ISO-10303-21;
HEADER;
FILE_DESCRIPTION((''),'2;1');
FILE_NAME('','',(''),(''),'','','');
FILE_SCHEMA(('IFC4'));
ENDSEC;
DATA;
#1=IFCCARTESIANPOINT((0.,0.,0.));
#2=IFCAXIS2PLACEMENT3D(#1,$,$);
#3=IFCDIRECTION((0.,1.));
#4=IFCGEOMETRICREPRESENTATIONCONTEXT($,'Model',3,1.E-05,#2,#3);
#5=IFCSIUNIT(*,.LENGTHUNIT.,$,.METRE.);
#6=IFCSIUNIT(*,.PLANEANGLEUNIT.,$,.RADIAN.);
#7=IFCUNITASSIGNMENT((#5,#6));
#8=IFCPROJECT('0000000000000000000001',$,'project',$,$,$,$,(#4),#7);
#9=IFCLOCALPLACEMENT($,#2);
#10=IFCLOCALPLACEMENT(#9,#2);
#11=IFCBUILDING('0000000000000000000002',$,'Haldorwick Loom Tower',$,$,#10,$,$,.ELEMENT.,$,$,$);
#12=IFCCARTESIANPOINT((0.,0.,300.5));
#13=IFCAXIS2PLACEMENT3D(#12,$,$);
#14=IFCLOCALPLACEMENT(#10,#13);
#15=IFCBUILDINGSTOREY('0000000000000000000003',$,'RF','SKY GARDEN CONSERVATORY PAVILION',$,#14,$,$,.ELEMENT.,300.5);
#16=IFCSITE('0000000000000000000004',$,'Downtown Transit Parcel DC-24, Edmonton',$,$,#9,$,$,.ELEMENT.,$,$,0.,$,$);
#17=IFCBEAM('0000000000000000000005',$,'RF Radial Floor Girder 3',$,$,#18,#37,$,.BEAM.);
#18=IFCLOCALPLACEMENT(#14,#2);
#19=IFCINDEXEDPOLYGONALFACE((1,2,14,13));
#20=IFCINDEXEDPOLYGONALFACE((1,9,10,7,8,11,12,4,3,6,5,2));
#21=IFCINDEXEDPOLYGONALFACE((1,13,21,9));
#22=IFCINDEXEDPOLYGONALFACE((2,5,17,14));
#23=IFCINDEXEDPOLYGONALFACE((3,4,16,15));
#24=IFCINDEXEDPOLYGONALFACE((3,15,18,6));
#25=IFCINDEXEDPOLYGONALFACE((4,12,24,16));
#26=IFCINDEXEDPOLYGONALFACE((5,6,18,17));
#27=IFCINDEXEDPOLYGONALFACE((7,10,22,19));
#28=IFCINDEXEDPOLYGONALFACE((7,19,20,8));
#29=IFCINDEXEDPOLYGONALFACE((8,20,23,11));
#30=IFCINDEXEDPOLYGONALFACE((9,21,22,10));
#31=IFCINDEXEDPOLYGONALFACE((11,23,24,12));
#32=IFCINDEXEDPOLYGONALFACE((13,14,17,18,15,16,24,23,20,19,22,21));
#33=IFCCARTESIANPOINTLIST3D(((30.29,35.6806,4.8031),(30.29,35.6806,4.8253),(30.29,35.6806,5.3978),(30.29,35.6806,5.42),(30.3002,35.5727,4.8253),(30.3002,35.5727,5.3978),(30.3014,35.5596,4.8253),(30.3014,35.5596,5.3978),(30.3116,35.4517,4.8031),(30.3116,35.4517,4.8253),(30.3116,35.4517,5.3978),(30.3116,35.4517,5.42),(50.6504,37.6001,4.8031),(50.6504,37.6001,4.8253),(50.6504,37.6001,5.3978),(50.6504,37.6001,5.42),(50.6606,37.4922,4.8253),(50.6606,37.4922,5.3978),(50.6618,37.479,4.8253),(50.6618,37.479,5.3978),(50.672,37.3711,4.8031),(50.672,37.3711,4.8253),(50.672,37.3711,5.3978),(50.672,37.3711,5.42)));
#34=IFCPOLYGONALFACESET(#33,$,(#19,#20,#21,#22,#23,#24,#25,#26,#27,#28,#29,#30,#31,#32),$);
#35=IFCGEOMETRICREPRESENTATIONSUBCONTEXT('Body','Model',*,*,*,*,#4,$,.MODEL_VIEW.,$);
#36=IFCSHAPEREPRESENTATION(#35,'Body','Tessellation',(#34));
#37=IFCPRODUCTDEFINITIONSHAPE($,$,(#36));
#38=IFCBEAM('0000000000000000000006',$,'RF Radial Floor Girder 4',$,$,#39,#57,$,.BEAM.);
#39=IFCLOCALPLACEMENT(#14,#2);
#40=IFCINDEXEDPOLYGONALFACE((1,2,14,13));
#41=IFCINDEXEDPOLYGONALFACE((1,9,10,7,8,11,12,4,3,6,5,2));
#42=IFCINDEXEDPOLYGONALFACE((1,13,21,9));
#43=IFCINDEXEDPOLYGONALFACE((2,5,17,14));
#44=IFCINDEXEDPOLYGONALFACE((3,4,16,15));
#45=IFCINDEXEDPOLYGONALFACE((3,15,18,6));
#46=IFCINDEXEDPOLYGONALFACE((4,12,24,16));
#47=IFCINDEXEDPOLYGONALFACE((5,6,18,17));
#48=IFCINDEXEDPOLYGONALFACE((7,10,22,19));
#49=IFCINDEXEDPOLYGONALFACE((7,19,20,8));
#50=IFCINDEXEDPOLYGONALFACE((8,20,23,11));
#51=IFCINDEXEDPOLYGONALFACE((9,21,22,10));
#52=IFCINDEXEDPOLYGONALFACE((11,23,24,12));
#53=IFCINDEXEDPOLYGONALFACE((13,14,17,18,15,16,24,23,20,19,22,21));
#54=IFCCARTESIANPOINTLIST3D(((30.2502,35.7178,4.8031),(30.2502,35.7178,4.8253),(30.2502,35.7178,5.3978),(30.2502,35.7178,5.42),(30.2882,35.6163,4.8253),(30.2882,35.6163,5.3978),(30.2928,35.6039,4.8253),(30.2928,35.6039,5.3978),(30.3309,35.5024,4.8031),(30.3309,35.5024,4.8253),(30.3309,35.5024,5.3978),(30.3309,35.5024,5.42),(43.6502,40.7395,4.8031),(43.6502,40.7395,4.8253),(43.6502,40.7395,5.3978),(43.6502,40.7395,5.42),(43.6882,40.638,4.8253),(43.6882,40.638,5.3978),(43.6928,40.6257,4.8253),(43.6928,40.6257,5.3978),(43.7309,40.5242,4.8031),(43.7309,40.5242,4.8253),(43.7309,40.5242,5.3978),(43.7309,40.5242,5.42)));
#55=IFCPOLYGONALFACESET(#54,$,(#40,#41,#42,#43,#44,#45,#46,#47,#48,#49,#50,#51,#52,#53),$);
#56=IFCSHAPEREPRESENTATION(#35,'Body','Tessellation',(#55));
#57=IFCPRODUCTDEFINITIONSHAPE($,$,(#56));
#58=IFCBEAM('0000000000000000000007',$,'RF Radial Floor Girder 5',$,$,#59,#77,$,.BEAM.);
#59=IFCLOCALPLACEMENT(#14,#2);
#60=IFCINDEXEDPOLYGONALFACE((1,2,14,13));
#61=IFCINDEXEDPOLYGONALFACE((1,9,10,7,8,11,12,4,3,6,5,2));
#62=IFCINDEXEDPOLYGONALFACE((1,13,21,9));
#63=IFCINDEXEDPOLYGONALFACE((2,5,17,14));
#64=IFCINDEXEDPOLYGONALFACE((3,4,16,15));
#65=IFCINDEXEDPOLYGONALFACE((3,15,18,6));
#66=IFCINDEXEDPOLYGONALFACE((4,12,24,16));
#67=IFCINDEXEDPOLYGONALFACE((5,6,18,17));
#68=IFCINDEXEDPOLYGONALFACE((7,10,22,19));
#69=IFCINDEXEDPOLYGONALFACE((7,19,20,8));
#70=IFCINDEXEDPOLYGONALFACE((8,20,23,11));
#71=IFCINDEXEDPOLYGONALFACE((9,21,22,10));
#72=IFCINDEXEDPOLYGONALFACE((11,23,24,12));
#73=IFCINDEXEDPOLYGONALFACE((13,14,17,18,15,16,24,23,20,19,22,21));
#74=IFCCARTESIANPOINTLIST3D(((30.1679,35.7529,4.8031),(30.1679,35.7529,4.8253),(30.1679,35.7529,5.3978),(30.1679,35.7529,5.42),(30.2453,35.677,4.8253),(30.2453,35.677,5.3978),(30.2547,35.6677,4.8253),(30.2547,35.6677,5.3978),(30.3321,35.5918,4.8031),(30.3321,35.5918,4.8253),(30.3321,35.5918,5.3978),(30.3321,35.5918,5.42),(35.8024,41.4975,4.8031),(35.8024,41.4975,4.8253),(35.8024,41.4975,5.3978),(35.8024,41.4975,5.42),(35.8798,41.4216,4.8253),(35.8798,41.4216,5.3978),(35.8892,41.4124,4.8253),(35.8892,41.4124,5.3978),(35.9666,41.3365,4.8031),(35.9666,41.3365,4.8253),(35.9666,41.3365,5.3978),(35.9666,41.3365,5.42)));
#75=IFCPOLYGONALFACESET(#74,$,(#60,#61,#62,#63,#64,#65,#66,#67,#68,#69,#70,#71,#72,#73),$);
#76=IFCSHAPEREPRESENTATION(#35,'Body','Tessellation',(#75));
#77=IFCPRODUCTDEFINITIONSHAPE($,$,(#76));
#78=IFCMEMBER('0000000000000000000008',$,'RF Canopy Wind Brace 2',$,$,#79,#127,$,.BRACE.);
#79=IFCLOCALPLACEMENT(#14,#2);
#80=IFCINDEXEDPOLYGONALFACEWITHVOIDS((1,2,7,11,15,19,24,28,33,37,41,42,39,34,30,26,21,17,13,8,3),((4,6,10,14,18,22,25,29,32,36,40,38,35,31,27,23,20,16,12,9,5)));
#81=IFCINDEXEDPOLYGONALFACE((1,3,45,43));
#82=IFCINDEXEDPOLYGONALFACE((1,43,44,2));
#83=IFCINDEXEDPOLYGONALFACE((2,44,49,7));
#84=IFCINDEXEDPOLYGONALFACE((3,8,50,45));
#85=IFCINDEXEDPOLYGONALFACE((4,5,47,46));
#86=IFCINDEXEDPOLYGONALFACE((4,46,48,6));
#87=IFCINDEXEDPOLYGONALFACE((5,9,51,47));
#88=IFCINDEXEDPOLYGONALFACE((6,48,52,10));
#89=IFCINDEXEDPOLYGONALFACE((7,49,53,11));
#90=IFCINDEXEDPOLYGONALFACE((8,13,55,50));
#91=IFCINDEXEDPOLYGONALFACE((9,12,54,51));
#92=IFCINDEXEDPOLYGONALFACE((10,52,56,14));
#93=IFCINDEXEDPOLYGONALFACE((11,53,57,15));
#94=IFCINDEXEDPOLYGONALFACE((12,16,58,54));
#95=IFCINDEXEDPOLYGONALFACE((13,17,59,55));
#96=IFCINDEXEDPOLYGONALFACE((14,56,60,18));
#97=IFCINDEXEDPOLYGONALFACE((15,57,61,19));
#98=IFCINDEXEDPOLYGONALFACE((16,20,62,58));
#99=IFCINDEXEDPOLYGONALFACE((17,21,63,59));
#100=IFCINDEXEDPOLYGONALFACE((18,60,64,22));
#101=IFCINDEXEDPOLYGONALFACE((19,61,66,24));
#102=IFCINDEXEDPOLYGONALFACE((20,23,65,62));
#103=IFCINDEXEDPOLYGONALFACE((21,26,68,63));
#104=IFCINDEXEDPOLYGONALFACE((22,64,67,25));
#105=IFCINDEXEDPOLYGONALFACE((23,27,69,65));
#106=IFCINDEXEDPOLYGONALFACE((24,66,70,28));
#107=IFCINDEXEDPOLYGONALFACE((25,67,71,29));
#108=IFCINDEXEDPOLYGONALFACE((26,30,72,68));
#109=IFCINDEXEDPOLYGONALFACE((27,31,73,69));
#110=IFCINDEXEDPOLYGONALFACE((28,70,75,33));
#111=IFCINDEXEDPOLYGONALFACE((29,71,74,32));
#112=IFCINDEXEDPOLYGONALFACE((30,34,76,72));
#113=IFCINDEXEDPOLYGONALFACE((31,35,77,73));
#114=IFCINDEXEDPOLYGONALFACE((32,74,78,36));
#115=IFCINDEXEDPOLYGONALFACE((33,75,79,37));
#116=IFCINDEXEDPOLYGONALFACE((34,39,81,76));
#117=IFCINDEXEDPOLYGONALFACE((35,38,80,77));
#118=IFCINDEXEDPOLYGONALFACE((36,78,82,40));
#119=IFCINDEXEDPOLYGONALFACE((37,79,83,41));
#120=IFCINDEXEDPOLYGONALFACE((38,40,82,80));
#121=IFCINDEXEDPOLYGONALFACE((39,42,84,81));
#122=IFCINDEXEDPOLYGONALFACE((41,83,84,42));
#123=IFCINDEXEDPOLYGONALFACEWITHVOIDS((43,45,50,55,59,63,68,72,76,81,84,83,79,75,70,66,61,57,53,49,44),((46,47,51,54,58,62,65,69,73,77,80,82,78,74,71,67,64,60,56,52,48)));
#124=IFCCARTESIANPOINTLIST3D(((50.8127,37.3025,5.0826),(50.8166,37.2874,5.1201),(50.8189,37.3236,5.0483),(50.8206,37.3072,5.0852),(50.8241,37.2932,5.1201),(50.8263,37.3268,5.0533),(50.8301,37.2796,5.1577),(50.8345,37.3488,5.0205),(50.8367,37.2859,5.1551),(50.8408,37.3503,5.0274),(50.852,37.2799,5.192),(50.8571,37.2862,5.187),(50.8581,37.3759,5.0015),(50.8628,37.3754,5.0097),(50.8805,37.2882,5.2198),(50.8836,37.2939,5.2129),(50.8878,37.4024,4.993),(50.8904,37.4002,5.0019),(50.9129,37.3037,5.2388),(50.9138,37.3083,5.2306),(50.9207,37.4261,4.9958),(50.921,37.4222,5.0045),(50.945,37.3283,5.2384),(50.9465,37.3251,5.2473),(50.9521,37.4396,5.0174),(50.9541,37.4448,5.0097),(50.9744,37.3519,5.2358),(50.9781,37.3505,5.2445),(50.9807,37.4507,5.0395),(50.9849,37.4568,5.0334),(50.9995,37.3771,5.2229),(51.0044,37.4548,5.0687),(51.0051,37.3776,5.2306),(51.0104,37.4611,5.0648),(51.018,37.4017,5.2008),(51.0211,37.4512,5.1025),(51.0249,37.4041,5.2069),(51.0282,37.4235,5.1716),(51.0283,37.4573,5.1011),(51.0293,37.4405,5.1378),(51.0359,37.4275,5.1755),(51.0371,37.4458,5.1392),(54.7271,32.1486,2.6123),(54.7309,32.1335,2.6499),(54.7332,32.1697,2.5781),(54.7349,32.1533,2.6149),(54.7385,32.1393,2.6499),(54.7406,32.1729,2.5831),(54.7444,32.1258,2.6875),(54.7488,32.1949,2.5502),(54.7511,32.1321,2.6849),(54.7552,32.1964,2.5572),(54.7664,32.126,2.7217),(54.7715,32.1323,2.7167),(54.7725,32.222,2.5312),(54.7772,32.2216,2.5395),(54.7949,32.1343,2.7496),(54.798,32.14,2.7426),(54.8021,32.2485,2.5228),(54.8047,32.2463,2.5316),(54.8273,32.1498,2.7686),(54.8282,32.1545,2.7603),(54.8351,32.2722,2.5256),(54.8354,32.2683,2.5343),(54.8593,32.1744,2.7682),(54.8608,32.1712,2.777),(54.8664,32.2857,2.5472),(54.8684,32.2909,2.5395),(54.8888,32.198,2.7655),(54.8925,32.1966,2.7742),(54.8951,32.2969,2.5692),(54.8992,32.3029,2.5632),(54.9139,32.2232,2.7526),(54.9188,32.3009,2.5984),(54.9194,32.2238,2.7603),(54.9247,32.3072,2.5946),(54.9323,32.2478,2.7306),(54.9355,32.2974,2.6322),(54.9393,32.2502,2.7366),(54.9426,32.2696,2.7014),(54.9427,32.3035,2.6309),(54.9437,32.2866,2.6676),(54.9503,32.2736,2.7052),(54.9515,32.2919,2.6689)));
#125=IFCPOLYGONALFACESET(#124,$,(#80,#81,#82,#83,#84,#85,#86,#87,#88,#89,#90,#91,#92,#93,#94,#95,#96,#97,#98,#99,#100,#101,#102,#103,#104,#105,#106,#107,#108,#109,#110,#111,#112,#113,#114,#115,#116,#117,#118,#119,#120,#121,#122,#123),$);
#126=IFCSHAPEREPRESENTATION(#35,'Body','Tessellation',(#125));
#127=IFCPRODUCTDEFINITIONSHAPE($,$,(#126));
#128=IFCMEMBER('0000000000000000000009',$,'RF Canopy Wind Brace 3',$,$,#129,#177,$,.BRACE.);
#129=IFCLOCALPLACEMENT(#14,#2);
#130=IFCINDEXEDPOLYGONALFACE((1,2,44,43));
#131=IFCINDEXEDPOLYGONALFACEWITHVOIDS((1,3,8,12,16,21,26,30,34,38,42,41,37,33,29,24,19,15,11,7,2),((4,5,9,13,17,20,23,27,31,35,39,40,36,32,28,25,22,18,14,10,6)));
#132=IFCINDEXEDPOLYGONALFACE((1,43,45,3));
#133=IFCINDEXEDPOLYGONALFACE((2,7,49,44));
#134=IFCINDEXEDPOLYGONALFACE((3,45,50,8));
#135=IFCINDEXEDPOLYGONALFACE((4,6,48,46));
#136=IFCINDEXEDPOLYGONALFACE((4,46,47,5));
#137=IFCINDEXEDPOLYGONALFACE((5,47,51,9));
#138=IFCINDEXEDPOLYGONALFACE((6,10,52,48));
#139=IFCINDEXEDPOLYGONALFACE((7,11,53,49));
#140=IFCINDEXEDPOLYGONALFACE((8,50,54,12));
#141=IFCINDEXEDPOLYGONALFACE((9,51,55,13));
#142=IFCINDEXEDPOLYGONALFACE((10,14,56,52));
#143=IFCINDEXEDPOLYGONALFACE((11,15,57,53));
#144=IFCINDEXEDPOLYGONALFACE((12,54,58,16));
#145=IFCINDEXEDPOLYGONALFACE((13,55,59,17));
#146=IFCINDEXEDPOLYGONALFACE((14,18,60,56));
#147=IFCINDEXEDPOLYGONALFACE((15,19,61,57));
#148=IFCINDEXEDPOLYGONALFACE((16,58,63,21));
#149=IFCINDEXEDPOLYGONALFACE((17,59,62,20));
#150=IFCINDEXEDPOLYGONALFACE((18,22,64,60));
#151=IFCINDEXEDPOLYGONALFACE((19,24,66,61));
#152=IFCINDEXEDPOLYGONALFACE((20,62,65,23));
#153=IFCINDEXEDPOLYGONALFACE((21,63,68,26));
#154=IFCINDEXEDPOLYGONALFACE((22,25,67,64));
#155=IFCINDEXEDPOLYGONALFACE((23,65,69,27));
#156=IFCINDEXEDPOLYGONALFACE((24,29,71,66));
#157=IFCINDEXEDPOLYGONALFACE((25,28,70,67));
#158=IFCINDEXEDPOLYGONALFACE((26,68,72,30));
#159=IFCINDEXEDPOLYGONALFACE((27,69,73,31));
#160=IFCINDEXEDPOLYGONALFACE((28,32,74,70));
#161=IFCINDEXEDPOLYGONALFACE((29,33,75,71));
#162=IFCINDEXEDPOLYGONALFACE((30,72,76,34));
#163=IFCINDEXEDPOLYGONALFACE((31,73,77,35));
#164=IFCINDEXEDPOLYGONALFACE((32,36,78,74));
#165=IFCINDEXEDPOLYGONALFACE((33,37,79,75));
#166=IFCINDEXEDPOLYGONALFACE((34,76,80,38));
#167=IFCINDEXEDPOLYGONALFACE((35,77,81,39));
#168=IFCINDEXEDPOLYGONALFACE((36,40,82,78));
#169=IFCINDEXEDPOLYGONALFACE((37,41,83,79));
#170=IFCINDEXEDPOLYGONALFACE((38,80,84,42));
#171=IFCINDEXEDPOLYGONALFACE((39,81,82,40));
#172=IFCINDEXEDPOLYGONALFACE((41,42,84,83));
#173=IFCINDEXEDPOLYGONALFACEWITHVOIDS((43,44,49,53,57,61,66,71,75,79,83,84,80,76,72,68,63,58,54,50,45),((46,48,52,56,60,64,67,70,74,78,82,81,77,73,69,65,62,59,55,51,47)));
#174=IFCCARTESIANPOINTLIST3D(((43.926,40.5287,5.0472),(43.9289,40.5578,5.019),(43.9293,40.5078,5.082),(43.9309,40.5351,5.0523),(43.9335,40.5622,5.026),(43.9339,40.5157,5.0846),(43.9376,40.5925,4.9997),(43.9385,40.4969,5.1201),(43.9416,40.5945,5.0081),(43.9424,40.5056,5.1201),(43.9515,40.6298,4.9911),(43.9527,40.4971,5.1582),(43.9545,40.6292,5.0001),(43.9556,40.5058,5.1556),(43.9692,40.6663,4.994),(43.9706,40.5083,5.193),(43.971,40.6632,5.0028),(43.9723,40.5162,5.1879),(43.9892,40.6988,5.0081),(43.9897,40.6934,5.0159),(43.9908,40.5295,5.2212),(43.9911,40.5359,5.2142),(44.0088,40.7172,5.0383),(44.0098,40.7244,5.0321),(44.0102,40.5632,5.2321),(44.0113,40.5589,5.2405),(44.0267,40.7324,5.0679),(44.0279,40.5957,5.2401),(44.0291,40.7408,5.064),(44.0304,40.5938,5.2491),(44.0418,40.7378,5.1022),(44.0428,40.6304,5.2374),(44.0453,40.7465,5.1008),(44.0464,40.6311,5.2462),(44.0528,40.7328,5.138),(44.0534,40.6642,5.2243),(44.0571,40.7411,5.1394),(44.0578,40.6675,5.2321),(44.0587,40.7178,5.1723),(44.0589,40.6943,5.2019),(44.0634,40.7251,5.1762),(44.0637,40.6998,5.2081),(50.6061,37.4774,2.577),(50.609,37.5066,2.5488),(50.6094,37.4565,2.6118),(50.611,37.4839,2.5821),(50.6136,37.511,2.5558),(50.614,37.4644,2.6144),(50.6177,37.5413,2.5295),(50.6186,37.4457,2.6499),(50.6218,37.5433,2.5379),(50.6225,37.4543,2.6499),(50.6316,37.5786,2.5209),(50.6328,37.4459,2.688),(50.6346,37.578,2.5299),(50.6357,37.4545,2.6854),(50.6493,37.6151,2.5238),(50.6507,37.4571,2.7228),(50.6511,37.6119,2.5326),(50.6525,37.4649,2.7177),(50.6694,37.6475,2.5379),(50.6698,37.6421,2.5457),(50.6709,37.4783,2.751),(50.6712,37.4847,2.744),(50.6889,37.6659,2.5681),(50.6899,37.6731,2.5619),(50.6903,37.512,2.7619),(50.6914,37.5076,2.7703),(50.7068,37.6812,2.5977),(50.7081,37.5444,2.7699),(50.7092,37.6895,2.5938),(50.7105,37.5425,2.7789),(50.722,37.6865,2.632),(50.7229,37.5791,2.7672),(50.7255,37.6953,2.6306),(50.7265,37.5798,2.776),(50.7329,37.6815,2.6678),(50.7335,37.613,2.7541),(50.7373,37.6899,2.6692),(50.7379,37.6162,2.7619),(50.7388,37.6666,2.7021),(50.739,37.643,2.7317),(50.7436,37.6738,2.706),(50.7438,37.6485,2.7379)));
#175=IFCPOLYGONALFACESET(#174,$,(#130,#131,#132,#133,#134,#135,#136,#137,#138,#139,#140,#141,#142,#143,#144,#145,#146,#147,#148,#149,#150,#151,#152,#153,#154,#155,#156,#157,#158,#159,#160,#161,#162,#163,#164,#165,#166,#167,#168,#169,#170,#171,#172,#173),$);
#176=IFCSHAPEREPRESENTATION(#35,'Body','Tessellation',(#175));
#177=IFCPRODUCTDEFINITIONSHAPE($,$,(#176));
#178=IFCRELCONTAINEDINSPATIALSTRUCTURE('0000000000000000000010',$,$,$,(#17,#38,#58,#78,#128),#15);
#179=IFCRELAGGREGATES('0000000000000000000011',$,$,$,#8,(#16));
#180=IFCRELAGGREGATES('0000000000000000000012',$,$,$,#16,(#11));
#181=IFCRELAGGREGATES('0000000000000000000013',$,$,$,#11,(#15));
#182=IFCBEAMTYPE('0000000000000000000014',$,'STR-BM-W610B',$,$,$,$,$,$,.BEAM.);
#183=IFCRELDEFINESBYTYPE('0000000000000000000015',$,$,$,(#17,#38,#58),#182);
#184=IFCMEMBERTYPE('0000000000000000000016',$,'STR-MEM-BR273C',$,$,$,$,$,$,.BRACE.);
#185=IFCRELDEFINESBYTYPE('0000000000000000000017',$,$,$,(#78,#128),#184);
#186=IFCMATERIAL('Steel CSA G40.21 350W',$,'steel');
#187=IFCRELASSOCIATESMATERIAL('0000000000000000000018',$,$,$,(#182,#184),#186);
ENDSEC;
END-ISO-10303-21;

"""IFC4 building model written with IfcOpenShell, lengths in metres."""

from ifc_helpers import new_model, si_unit, direction, frame, origin, origin_2d, place, context, subcontext, project, spatial, hollow_circle, i_section, extrude, material, material_profile, profile_set, type_object, element, save


model = new_model("IFC4")

# Units and contexts
model_context = context("Model", 3, precision=1e-05, world=origin(), true_north=direction((0.0, 1.0)))
body_context = subcontext(model_context, "Body", "Model", "MODEL_VIEW")
ifc_project = project(units=[si_unit("LENGTHUNIT", "METRE"), si_unit("PLANEANGLEUNIT", "RADIAN")], contexts=[model_context])

# Site, building, storey
site_placement = place(None, origin())
site = spatial("IfcSite", under=ifc_project, at=site_placement, Name="Downtown Transit Parcel DC-24, Edmonton", CompositionType="ELEMENT", RefElevation=0.0)
building_placement = place(site_placement, origin())
building = spatial("IfcBuilding", under=site, at=building_placement, Name="Haldorwick Loom Tower", CompositionType="ELEMENT")
storey_placement = place(building_placement, frame((0.0, 0.0, 300.5)))
storey = spatial("IfcBuildingStorey", under=building, at=storey_placement, Name="RF", Description="SKY GARDEN CONSERVATORY PAVILION", CompositionType="ELEMENT", Elevation=300.5)

# Shared definitions
ifc_material_1 = material(Name="Steel CSA G40.21 350W", Category="steel")

# Beams
ifc_material_profile_1 = material_profile(ifc_material_1, i_section(OverallWidth=0.23, OverallDepth=0.6169, WebThickness=0.0132, FlangeThickness=0.0222, at=origin_2d()), Name="W610X140", Category="steel")
ifc_profile_set_1 = profile_set([ifc_material_profile_1], Name="Steel CSA G40.21 350W")
beam_type_1 = type_object("IfcBeamType", Name="STR-BM-W610B", PredefinedType="BEAM", material=ifc_profile_set_1)
beam_1_placement = place(storey_placement, frame((30.3008, 35.5662, 5.1116), z_axis=(0.995586, 0.093857, 0.0), x_axis=(-0.093857, 0.995586, 0.0)))
element("IfcBeam", 1, at=beam_1_placement, inside=storey, type_object=beam_type_1, Name="RF Radial Floor Girder 3", PredefinedType="BEAM", context=body_context, shape_type="SweptSolid", body=[
    extrude(i_section(OverallWidth=0.23, OverallDepth=0.6169, WebThickness=0.0132, FlangeThickness=0.0222, at=origin_2d()), origin(), (0.0, 0.0, 1.0), 20.4507),
])
beam_2_placement = place(storey_placement, frame((30.2905, 35.6101, 5.1116), z_axis=(0.936403, 0.350925, 0.0), x_axis=(-0.350925, 0.936403, 0.0)))
element("IfcBeam", 2, at=beam_2_placement, inside=storey, type_object=beam_type_1, Name="RF Radial Floor Girder 4", PredefinedType="BEAM", context=body_context, shape_type="SweptSolid", body=[
    extrude(i_section(OverallWidth=0.23, OverallDepth=0.6169, WebThickness=0.0132, FlangeThickness=0.0222, at=origin_2d()), origin(), (0.0, 0.0, 1.0), 14.3101),
])
beam_3_placement = place(storey_placement, frame((30.25, 35.6724, 5.1116), z_axis=(0.700232, 0.713915, 0.0), x_axis=(-0.713915, 0.700232, 0.0)))
element("IfcBeam", 3, at=beam_3_placement, inside=storey, type_object=beam_type_1, Name="RF Radial Floor Girder 5", PredefinedType="BEAM", context=body_context, shape_type="SweptSolid", body=[
    extrude(i_section(OverallWidth=0.23, OverallDepth=0.6169, WebThickness=0.0132, FlangeThickness=0.0222, at=origin_2d()), origin(), (0.0, 0.0, 1.0), 8.0466),
])

# Members
ifc_material_profile_2 = material_profile(ifc_material_1, hollow_circle(Radius=0.1365, WallThickness=0.0095, at=origin_2d()), Name="HSS273X10", Category="steel")
ifc_profile_set_2 = profile_set([ifc_material_profile_2], Name="Steel CSA G40.21 350W")
member_type_1 = type_object("IfcMemberType", Name="STR-MEM-BR273C", PredefinedType="BRACE", material=ifc_profile_set_2)
member_1_placement = place(storey_placement, frame((54.8396, 32.2161, 2.6499), z_axis=(-0.565067, 0.744001, 0.356599), x_axis=(-0.796355, -0.60483, 0.0)))
element("IfcMember", 4, at=member_1_placement, inside=storey, type_object=member_type_1, Name="RF Canopy Wind Brace 2", PredefinedType="BRACE", context=body_context, shape_type="SweptSolid", body=[
    extrude(hollow_circle(Radius=0.1365, WallThickness=0.0095, at=origin_2d()), origin(), (0.0, 0.0, 1.0), 6.9272),
])
member_2_placement = place(storey_placement, frame((50.6753, 37.5698, 2.6499), z_axis=(-0.862142, 0.393796, 0.318805), x_axis=(-0.415475, -0.909604, 0.0)))
element("IfcMember", 5, at=member_2_placement, inside=storey, type_object=member_type_1, Name="RF Canopy Wind Brace 3", PredefinedType="BRACE", context=body_context, shape_type="SweptSolid", body=[
    extrude(hollow_circle(Radius=0.1365, WallThickness=0.0095, at=origin_2d()), origin(), (0.0, 0.0, 1.0), 7.7483),
])

save(model, "model.ifc")
